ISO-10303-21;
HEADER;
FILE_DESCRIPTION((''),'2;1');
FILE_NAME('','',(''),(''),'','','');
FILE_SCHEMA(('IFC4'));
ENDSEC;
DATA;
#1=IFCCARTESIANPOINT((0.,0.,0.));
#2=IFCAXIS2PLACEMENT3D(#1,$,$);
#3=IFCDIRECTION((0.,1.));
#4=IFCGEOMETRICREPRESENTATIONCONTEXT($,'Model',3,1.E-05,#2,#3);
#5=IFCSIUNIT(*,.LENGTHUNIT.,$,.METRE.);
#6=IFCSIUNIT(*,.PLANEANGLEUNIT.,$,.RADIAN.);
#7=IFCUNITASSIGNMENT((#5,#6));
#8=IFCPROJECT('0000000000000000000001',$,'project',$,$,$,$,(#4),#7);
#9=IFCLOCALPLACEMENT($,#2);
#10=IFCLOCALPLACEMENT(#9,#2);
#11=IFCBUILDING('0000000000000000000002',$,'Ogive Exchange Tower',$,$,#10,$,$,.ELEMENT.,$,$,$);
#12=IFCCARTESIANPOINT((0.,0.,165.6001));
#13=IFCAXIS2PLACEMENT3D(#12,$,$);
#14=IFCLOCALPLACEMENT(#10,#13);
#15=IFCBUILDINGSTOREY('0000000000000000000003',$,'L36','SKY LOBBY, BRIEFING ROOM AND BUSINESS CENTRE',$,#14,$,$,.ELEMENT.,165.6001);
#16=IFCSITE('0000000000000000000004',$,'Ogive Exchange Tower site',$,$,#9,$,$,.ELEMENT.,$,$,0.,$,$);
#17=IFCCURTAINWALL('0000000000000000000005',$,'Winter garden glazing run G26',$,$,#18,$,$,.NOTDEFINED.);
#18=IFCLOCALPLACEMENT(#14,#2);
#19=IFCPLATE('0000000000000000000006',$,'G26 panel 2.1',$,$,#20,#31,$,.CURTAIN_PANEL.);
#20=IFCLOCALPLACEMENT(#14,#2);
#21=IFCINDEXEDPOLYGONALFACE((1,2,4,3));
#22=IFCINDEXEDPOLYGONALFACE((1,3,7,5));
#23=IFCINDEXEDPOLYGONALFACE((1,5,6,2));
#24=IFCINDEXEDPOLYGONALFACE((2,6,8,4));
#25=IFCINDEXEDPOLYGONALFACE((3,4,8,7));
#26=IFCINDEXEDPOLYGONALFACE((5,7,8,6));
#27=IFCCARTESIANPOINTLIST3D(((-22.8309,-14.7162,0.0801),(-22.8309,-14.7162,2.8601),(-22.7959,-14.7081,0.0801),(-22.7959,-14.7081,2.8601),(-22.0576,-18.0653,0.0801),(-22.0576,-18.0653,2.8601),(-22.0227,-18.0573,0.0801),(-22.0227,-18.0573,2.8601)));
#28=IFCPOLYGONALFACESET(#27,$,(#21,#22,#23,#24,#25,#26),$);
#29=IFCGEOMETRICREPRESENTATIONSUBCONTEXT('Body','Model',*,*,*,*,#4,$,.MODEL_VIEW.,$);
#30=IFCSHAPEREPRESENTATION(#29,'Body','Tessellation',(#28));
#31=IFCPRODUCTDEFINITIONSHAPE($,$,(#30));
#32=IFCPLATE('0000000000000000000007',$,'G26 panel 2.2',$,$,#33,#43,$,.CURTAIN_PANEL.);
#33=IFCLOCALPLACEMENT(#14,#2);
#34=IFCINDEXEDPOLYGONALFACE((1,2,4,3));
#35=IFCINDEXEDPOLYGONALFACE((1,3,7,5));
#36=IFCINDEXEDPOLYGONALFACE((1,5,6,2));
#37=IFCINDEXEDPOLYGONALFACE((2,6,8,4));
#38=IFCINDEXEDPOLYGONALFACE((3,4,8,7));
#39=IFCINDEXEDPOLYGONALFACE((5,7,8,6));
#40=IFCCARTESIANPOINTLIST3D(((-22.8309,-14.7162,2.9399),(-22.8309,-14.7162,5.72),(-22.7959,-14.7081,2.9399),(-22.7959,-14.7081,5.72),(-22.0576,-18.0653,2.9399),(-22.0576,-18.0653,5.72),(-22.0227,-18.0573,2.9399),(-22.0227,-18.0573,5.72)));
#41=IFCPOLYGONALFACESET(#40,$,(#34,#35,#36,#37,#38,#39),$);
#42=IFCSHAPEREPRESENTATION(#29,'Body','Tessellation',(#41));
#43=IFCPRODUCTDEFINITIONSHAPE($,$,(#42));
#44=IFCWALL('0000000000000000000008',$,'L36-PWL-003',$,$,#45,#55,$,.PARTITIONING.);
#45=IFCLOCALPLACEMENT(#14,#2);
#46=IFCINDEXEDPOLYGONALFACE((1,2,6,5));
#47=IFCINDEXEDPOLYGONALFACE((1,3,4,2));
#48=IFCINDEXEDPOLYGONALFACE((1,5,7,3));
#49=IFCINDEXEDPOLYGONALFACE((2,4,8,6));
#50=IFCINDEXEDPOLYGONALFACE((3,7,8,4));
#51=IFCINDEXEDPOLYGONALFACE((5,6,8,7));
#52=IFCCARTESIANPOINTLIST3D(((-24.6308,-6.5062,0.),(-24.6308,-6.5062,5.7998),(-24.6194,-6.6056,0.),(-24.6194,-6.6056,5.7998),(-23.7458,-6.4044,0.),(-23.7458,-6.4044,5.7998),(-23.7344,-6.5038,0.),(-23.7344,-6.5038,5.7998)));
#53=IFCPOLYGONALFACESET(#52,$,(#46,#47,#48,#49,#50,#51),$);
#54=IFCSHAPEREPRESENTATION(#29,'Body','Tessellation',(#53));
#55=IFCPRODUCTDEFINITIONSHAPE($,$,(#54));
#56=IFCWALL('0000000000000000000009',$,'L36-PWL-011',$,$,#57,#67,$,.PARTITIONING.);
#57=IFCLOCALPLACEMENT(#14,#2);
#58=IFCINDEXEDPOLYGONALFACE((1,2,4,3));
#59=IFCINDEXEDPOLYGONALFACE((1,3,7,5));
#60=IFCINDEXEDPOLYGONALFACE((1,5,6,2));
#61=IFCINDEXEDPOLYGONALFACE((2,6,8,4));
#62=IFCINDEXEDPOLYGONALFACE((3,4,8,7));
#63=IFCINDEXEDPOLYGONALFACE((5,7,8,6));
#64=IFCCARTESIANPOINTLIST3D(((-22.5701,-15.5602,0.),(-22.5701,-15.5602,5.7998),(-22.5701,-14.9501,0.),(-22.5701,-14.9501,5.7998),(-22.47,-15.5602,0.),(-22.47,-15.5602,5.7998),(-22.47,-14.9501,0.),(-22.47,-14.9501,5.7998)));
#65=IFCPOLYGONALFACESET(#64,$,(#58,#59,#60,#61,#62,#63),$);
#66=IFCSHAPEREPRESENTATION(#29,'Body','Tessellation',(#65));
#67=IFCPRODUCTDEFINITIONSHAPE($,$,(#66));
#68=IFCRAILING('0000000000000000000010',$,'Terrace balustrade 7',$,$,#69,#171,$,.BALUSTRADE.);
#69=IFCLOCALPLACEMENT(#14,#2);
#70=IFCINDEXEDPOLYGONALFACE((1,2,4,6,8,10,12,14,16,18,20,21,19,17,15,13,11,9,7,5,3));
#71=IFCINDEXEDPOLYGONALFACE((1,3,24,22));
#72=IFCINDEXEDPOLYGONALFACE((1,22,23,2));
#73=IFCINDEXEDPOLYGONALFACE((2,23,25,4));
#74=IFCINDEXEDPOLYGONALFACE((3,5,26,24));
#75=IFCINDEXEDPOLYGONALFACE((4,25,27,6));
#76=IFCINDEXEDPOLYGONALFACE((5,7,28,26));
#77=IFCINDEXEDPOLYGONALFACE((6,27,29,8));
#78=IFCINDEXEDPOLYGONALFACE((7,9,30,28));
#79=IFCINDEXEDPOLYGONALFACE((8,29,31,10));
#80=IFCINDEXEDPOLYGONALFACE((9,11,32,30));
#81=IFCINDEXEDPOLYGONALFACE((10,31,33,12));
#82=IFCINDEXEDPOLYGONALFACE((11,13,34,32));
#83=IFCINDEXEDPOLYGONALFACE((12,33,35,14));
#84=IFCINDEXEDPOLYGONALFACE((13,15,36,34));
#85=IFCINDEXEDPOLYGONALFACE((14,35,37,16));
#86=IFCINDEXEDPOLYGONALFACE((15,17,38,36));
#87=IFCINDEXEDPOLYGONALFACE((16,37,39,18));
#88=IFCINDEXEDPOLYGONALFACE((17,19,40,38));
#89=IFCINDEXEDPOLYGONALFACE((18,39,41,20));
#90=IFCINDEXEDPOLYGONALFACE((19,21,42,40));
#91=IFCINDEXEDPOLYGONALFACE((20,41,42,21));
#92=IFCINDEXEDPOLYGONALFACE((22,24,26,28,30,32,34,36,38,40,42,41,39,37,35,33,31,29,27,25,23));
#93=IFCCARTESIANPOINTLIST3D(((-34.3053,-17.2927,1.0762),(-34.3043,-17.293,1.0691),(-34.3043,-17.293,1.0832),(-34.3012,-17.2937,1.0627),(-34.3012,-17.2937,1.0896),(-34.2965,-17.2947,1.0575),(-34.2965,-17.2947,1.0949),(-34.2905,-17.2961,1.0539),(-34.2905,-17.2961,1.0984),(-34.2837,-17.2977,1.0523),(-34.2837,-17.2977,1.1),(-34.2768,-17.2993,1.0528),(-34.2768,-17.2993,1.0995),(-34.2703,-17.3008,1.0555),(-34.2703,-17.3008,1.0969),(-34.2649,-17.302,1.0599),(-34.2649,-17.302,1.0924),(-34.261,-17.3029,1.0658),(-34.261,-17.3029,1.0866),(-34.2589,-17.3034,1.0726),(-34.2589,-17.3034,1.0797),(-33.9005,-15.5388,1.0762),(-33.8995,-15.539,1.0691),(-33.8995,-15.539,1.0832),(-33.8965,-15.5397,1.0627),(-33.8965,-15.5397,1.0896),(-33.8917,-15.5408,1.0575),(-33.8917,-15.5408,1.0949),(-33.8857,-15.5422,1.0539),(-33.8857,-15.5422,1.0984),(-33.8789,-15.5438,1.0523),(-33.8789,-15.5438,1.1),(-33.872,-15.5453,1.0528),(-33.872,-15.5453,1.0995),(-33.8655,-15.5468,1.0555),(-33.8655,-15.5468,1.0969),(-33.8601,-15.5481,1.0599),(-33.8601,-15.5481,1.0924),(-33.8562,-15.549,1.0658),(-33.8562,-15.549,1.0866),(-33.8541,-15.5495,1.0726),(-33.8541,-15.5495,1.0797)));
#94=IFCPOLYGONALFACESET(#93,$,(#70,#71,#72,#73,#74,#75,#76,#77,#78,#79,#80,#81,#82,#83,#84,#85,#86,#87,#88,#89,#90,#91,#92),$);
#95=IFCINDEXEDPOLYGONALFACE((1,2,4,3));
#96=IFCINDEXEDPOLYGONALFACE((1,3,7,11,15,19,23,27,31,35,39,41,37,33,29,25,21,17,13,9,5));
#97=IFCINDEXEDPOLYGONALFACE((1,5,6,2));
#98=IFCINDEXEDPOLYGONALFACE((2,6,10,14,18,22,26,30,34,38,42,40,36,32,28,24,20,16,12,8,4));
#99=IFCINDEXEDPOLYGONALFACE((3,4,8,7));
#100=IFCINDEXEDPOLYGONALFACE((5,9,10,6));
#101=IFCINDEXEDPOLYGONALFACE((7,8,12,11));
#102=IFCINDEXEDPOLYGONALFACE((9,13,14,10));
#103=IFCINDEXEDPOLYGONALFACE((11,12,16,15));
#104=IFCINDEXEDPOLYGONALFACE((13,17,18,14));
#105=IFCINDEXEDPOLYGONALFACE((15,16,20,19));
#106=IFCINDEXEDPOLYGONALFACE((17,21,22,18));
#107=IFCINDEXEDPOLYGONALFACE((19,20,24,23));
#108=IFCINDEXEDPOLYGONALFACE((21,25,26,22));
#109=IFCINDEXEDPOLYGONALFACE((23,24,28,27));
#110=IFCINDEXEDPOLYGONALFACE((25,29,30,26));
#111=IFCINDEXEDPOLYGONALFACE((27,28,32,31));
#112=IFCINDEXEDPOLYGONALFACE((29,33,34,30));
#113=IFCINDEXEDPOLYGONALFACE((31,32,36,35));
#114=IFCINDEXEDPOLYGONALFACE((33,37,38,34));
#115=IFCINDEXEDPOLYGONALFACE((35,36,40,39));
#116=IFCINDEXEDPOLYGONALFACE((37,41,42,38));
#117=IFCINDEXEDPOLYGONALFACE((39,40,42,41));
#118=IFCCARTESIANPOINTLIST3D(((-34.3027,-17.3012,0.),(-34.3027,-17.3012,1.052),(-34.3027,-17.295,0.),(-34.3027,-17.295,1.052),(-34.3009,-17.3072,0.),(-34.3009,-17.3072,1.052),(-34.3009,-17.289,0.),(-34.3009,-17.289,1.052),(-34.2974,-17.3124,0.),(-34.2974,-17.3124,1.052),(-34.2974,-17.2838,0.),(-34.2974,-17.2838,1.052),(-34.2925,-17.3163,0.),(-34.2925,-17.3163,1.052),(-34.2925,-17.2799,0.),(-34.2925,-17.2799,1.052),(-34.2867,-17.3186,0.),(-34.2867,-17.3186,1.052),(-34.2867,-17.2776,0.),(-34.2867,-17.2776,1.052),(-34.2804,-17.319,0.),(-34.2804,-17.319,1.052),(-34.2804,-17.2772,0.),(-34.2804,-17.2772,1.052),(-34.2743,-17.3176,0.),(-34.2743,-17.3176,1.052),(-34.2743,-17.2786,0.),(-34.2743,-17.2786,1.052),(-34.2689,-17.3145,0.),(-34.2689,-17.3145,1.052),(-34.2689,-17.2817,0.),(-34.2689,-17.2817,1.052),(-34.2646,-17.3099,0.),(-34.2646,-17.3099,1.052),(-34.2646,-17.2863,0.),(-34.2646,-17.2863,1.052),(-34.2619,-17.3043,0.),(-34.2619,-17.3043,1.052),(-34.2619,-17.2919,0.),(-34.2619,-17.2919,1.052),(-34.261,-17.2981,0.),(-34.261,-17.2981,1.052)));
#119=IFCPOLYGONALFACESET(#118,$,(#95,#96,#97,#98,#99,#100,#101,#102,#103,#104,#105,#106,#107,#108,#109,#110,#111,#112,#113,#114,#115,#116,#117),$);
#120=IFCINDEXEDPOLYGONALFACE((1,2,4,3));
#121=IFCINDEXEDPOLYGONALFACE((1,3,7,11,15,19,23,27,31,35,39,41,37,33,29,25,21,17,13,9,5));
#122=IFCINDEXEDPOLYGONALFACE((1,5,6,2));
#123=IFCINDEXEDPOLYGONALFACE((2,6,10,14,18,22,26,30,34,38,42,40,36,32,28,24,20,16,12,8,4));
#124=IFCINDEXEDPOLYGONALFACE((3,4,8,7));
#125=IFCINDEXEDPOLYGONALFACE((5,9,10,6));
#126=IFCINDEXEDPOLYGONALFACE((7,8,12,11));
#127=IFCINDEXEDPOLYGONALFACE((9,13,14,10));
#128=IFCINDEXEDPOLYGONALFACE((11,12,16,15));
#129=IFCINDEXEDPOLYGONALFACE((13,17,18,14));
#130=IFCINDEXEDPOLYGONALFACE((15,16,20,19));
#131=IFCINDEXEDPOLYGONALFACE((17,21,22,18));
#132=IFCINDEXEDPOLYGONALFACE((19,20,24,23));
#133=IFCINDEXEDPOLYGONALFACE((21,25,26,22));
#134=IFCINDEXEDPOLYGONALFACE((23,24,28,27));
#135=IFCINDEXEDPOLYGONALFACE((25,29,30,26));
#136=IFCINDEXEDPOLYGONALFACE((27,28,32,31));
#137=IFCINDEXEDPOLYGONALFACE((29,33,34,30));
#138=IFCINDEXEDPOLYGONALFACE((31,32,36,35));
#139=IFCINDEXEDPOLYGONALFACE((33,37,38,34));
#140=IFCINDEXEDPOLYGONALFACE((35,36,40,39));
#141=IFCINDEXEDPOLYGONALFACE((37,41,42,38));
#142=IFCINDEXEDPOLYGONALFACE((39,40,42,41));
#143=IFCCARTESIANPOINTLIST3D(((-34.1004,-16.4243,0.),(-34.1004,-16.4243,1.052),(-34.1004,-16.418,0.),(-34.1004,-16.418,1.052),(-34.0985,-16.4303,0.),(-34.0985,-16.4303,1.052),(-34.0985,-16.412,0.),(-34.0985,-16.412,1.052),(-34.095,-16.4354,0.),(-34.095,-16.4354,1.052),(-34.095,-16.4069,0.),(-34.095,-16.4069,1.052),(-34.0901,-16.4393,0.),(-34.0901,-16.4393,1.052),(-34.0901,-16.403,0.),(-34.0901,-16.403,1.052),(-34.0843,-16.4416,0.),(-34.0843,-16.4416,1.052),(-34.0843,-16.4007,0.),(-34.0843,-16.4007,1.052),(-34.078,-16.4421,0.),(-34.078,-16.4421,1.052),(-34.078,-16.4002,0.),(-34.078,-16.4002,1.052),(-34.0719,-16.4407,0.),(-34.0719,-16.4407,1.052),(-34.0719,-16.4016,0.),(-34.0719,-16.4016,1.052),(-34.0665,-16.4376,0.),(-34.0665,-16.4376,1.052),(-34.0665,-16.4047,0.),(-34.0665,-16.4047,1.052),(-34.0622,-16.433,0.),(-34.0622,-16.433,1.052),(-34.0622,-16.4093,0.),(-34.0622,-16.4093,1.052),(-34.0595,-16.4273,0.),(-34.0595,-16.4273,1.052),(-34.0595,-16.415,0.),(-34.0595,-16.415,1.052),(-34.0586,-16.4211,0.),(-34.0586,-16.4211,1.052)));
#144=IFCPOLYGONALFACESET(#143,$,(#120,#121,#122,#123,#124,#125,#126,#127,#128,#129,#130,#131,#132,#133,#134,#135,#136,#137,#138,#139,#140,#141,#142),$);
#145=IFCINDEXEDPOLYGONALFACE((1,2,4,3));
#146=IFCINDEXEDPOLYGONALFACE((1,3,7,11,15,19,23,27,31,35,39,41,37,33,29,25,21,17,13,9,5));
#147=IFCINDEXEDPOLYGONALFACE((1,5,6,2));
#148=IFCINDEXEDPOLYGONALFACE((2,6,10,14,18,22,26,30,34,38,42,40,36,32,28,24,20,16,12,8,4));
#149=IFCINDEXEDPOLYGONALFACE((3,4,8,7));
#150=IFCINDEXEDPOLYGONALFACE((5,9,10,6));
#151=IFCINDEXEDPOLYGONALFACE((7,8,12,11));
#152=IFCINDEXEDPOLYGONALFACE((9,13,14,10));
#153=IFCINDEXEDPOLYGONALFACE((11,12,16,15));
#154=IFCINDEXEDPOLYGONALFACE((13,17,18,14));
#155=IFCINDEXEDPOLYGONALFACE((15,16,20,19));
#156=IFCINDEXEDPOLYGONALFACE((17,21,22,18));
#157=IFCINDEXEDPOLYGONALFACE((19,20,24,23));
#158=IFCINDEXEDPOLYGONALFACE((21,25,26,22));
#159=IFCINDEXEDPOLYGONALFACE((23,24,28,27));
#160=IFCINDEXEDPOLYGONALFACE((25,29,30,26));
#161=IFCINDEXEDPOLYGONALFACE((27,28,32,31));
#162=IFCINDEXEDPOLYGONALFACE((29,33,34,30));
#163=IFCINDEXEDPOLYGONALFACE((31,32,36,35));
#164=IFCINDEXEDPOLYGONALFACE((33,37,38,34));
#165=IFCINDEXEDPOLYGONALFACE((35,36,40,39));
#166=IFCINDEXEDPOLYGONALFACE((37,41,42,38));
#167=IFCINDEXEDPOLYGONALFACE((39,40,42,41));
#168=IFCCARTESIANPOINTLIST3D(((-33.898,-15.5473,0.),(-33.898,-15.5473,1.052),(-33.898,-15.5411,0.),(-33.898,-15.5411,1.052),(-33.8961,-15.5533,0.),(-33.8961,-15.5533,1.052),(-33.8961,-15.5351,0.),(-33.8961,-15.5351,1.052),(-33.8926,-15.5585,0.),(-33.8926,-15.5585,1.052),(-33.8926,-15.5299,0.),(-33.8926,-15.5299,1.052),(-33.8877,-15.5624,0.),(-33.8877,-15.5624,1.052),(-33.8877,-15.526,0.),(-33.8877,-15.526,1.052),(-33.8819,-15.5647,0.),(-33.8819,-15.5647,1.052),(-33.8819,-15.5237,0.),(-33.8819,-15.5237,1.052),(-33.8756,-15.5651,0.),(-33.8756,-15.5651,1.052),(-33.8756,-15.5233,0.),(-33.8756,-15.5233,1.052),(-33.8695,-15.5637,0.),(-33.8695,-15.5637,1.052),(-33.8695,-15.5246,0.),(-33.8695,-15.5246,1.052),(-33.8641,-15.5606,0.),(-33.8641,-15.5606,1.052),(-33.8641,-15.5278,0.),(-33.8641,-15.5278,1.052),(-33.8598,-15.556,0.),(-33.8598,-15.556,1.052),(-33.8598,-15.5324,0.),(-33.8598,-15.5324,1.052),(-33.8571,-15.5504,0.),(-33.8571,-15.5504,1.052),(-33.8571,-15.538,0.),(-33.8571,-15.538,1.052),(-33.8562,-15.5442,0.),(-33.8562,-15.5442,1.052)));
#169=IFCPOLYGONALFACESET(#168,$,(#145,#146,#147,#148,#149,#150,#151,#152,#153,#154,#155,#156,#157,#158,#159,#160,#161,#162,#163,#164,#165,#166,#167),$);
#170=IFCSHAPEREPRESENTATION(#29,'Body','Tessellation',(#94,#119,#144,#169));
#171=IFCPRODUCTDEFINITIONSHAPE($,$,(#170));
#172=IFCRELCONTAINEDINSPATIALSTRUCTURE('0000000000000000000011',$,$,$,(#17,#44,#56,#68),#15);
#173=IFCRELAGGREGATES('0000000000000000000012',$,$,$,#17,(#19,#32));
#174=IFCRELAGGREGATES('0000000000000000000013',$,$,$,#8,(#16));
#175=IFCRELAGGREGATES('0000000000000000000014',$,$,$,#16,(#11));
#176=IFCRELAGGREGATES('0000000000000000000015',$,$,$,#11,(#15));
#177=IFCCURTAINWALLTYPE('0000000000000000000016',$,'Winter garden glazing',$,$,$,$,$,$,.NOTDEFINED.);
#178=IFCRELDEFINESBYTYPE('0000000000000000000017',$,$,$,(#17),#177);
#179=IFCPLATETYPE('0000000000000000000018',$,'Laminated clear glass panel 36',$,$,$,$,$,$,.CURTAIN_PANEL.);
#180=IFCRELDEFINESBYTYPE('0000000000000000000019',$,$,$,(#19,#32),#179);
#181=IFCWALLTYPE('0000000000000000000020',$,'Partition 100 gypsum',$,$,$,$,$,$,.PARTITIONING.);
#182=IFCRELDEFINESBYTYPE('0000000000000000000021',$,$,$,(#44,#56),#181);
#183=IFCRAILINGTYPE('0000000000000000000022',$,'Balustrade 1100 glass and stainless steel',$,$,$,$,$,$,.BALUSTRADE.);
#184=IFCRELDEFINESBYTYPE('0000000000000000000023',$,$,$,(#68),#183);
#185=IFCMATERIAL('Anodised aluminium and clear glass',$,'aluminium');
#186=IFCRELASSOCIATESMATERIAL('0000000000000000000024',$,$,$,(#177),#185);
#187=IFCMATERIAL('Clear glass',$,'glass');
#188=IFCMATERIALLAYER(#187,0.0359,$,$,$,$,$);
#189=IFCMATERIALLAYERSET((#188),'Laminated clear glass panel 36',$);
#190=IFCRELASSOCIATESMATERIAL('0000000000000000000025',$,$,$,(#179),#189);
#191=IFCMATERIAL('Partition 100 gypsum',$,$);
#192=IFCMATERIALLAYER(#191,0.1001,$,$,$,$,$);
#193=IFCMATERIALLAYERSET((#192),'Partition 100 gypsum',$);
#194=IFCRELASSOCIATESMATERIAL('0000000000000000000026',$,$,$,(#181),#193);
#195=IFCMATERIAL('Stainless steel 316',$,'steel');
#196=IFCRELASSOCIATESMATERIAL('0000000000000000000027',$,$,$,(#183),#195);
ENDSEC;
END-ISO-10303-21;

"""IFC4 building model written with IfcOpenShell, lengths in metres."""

from ifc_helpers import new_model, si_unit, direction, frame, frame_2d, origin, origin_2d, place, context, subcontext, project, spatial, rectangle, circle, extrude, material, layer, layer_set, type_object, element, aggregate, save


model = new_model("IFC4")

# Units and contexts
model_context = context("Model", 3, precision=1e-05, world=origin(), true_north=direction((0.0, 1.0)))
body_context = subcontext(model_context, "Body", "Model", "MODEL_VIEW")
ifc_project = project(units=[si_unit("LENGTHUNIT", "METRE"), si_unit("PLANEANGLEUNIT", "RADIAN")], contexts=[model_context])

# Site, building, storey
site_placement = place(None, origin())
site = spatial("IfcSite", under=ifc_project, at=site_placement, Name="Ogive Exchange Tower site", CompositionType="ELEMENT", RefElevation=0.0)
building_placement = place(site_placement, origin())
building = spatial("IfcBuilding", under=site, at=building_placement, Name="Ogive Exchange Tower", CompositionType="ELEMENT")
storey_placement = place(building_placement, frame((0.0, 0.0, 165.6001)))
storey = spatial("IfcBuildingStorey", under=building, at=storey_placement, Name="L36", Description="SKY LOBBY, BRIEFING ROOM AND BUSINESS CENTRE", CompositionType="ELEMENT", Elevation=165.6001)

# Curtain wall
ifc_material_1 = material(Name="Anodised aluminium and clear glass", Category="aluminium")
curtain_wall_type = type_object("IfcCurtainWallType", Name="Winter garden glazing", PredefinedType="NOTDEFINED", material=ifc_material_1)
curtain_wall_1_placement = place(storey_placement, origin())
curtain_wall_1 = element("IfcCurtainWall", 1, at=curtain_wall_1_placement, inside=storey, type_object=curtain_wall_type, Name="Winter garden glazing run G26", PredefinedType="NOTDEFINED")

# Plates
ifc_material_2 = material(Name="Clear glass", Category="glass")
ifc_layer_1 = layer(ifc_material_2, 0.0359)
ifc_layer_set_1 = layer_set([ifc_layer_1], Name="Laminated clear glass panel 36")
plate_type = type_object("IfcPlateType", Name="Laminated clear glass panel 36", PredefinedType="CURTAIN_PANEL", material=ifc_layer_set_1)
plate_1_placement = place(storey_placement, frame((-22.4268, -16.3867, 0.0801), z_axis=(0.0, 0.0, 1.0), x_axis=(0.224954, -0.974369, 0.0)))
plate_1 = element("IfcPlate", 2, at=plate_1_placement, type_object=plate_type, Name="G26 panel 2.1", PredefinedType="CURTAIN_PANEL", context=body_context, shape_type="SweptSolid", body=[
    extrude(rectangle(XDim=3.4373, YDim=0.0359, at=origin_2d()), origin(), (0.0, 0.0, 1.0), 2.78),
])
plate_2_placement = place(storey_placement, frame((-22.4268, -16.3867, 2.9399), z_axis=(0.0, 0.0, 1.0), x_axis=(0.224954, -0.974369, 0.0)))
plate_2 = element("IfcPlate", 3, at=plate_2_placement, type_object=plate_type, Name="G26 panel 2.2", PredefinedType="CURTAIN_PANEL", context=body_context, shape_type="SweptSolid", body=[
    extrude(rectangle(XDim=3.4373, YDim=0.0359, at=origin_2d()), origin(), (0.0, 0.0, 1.0), 2.78),
])
aggregate(curtain_wall_1, [plate_1, plate_2])

# Walls
ifc_material_3 = material(Name="Partition 100 gypsum")
ifc_layer_2 = layer(ifc_material_3, 0.1001)
ifc_layer_set_2 = layer_set([ifc_layer_2], Name="Partition 100 gypsum")
wall_type = type_object("IfcWallType", Name="Partition 100 gypsum", PredefinedType="PARTITIONING", material=ifc_layer_set_2)
wall_1_placement = place(storey_placement, frame((-24.625, -6.5559, 0.0), z_axis=(0.0, 0.0, 1.0), x_axis=(0.993448, 0.114281, 0.0)))
element("IfcWall", 4, at=wall_1_placement, inside=storey, type_object=wall_type, Name="L36-PWL-003", PredefinedType="PARTITIONING", context=body_context, shape_type="SweptSolid", body=[
    extrude(rectangle(XDim=0.8909, YDim=0.1001, at=frame_2d((0.4453, 0.0))), origin(), (0.0, 0.0, 1.0), 5.7998),
])
wall_2_placement = place(storey_placement, frame((-22.52, -14.95, 0.0), z_axis=(0.0, 0.0, 1.0), x_axis=(0.0, -1.0, 0.0)))
element("IfcWall", 5, at=wall_2_placement, inside=storey, type_object=wall_type, Name="L36-PWL-011", PredefinedType="PARTITIONING", context=body_context, shape_type="SweptSolid", body=[
    extrude(rectangle(XDim=0.6101, YDim=0.1001, at=frame_2d((0.3052, 0.0))), origin(), (0.0, 0.0, 1.0), 5.7998),
])

# Railing
ifc_material_4 = material(Name="Stainless steel 316", Category="steel")
railing_type_1 = type_object("IfcRailingType", Name="Balustrade 1100 glass and stainless steel", PredefinedType="BALUSTRADE", material=ifc_material_4)
railing_1_placement = place(storey_placement, frame((-34.282, -17.2981, 0.0)))
element("IfcRailing", 6, at=railing_1_placement, inside=storey, type_object=railing_type_1, Name="Terrace balustrade 7", PredefinedType="BALUSTRADE", context=body_context, shape_type="SweptSolid", body=[
    extrude(circle(Radius=0.0239, at=origin_2d()), frame((0.0, 0.0, 1.0762), z_axis=(0.224879, 0.974387, 0.0), x_axis=(-0.974387, 0.224879, 0.0)), (0.0, 0.0, 1.0), 1.8),
    extrude(circle(Radius=0.021, at=origin_2d()), origin(), (0.0, 0.0, 1.0), 1.052),
    extrude(circle(Radius=0.021, at=origin_2d()), frame((0.2024, 0.877, 0.0)), (0.0, 0.0, 1.0), 1.052),
    extrude(circle(Radius=0.021, at=origin_2d()), frame((0.4048, 1.7539, 0.0)), (0.0, 0.0, 1.0), 1.052),
])

save(model, "model.ifc")
